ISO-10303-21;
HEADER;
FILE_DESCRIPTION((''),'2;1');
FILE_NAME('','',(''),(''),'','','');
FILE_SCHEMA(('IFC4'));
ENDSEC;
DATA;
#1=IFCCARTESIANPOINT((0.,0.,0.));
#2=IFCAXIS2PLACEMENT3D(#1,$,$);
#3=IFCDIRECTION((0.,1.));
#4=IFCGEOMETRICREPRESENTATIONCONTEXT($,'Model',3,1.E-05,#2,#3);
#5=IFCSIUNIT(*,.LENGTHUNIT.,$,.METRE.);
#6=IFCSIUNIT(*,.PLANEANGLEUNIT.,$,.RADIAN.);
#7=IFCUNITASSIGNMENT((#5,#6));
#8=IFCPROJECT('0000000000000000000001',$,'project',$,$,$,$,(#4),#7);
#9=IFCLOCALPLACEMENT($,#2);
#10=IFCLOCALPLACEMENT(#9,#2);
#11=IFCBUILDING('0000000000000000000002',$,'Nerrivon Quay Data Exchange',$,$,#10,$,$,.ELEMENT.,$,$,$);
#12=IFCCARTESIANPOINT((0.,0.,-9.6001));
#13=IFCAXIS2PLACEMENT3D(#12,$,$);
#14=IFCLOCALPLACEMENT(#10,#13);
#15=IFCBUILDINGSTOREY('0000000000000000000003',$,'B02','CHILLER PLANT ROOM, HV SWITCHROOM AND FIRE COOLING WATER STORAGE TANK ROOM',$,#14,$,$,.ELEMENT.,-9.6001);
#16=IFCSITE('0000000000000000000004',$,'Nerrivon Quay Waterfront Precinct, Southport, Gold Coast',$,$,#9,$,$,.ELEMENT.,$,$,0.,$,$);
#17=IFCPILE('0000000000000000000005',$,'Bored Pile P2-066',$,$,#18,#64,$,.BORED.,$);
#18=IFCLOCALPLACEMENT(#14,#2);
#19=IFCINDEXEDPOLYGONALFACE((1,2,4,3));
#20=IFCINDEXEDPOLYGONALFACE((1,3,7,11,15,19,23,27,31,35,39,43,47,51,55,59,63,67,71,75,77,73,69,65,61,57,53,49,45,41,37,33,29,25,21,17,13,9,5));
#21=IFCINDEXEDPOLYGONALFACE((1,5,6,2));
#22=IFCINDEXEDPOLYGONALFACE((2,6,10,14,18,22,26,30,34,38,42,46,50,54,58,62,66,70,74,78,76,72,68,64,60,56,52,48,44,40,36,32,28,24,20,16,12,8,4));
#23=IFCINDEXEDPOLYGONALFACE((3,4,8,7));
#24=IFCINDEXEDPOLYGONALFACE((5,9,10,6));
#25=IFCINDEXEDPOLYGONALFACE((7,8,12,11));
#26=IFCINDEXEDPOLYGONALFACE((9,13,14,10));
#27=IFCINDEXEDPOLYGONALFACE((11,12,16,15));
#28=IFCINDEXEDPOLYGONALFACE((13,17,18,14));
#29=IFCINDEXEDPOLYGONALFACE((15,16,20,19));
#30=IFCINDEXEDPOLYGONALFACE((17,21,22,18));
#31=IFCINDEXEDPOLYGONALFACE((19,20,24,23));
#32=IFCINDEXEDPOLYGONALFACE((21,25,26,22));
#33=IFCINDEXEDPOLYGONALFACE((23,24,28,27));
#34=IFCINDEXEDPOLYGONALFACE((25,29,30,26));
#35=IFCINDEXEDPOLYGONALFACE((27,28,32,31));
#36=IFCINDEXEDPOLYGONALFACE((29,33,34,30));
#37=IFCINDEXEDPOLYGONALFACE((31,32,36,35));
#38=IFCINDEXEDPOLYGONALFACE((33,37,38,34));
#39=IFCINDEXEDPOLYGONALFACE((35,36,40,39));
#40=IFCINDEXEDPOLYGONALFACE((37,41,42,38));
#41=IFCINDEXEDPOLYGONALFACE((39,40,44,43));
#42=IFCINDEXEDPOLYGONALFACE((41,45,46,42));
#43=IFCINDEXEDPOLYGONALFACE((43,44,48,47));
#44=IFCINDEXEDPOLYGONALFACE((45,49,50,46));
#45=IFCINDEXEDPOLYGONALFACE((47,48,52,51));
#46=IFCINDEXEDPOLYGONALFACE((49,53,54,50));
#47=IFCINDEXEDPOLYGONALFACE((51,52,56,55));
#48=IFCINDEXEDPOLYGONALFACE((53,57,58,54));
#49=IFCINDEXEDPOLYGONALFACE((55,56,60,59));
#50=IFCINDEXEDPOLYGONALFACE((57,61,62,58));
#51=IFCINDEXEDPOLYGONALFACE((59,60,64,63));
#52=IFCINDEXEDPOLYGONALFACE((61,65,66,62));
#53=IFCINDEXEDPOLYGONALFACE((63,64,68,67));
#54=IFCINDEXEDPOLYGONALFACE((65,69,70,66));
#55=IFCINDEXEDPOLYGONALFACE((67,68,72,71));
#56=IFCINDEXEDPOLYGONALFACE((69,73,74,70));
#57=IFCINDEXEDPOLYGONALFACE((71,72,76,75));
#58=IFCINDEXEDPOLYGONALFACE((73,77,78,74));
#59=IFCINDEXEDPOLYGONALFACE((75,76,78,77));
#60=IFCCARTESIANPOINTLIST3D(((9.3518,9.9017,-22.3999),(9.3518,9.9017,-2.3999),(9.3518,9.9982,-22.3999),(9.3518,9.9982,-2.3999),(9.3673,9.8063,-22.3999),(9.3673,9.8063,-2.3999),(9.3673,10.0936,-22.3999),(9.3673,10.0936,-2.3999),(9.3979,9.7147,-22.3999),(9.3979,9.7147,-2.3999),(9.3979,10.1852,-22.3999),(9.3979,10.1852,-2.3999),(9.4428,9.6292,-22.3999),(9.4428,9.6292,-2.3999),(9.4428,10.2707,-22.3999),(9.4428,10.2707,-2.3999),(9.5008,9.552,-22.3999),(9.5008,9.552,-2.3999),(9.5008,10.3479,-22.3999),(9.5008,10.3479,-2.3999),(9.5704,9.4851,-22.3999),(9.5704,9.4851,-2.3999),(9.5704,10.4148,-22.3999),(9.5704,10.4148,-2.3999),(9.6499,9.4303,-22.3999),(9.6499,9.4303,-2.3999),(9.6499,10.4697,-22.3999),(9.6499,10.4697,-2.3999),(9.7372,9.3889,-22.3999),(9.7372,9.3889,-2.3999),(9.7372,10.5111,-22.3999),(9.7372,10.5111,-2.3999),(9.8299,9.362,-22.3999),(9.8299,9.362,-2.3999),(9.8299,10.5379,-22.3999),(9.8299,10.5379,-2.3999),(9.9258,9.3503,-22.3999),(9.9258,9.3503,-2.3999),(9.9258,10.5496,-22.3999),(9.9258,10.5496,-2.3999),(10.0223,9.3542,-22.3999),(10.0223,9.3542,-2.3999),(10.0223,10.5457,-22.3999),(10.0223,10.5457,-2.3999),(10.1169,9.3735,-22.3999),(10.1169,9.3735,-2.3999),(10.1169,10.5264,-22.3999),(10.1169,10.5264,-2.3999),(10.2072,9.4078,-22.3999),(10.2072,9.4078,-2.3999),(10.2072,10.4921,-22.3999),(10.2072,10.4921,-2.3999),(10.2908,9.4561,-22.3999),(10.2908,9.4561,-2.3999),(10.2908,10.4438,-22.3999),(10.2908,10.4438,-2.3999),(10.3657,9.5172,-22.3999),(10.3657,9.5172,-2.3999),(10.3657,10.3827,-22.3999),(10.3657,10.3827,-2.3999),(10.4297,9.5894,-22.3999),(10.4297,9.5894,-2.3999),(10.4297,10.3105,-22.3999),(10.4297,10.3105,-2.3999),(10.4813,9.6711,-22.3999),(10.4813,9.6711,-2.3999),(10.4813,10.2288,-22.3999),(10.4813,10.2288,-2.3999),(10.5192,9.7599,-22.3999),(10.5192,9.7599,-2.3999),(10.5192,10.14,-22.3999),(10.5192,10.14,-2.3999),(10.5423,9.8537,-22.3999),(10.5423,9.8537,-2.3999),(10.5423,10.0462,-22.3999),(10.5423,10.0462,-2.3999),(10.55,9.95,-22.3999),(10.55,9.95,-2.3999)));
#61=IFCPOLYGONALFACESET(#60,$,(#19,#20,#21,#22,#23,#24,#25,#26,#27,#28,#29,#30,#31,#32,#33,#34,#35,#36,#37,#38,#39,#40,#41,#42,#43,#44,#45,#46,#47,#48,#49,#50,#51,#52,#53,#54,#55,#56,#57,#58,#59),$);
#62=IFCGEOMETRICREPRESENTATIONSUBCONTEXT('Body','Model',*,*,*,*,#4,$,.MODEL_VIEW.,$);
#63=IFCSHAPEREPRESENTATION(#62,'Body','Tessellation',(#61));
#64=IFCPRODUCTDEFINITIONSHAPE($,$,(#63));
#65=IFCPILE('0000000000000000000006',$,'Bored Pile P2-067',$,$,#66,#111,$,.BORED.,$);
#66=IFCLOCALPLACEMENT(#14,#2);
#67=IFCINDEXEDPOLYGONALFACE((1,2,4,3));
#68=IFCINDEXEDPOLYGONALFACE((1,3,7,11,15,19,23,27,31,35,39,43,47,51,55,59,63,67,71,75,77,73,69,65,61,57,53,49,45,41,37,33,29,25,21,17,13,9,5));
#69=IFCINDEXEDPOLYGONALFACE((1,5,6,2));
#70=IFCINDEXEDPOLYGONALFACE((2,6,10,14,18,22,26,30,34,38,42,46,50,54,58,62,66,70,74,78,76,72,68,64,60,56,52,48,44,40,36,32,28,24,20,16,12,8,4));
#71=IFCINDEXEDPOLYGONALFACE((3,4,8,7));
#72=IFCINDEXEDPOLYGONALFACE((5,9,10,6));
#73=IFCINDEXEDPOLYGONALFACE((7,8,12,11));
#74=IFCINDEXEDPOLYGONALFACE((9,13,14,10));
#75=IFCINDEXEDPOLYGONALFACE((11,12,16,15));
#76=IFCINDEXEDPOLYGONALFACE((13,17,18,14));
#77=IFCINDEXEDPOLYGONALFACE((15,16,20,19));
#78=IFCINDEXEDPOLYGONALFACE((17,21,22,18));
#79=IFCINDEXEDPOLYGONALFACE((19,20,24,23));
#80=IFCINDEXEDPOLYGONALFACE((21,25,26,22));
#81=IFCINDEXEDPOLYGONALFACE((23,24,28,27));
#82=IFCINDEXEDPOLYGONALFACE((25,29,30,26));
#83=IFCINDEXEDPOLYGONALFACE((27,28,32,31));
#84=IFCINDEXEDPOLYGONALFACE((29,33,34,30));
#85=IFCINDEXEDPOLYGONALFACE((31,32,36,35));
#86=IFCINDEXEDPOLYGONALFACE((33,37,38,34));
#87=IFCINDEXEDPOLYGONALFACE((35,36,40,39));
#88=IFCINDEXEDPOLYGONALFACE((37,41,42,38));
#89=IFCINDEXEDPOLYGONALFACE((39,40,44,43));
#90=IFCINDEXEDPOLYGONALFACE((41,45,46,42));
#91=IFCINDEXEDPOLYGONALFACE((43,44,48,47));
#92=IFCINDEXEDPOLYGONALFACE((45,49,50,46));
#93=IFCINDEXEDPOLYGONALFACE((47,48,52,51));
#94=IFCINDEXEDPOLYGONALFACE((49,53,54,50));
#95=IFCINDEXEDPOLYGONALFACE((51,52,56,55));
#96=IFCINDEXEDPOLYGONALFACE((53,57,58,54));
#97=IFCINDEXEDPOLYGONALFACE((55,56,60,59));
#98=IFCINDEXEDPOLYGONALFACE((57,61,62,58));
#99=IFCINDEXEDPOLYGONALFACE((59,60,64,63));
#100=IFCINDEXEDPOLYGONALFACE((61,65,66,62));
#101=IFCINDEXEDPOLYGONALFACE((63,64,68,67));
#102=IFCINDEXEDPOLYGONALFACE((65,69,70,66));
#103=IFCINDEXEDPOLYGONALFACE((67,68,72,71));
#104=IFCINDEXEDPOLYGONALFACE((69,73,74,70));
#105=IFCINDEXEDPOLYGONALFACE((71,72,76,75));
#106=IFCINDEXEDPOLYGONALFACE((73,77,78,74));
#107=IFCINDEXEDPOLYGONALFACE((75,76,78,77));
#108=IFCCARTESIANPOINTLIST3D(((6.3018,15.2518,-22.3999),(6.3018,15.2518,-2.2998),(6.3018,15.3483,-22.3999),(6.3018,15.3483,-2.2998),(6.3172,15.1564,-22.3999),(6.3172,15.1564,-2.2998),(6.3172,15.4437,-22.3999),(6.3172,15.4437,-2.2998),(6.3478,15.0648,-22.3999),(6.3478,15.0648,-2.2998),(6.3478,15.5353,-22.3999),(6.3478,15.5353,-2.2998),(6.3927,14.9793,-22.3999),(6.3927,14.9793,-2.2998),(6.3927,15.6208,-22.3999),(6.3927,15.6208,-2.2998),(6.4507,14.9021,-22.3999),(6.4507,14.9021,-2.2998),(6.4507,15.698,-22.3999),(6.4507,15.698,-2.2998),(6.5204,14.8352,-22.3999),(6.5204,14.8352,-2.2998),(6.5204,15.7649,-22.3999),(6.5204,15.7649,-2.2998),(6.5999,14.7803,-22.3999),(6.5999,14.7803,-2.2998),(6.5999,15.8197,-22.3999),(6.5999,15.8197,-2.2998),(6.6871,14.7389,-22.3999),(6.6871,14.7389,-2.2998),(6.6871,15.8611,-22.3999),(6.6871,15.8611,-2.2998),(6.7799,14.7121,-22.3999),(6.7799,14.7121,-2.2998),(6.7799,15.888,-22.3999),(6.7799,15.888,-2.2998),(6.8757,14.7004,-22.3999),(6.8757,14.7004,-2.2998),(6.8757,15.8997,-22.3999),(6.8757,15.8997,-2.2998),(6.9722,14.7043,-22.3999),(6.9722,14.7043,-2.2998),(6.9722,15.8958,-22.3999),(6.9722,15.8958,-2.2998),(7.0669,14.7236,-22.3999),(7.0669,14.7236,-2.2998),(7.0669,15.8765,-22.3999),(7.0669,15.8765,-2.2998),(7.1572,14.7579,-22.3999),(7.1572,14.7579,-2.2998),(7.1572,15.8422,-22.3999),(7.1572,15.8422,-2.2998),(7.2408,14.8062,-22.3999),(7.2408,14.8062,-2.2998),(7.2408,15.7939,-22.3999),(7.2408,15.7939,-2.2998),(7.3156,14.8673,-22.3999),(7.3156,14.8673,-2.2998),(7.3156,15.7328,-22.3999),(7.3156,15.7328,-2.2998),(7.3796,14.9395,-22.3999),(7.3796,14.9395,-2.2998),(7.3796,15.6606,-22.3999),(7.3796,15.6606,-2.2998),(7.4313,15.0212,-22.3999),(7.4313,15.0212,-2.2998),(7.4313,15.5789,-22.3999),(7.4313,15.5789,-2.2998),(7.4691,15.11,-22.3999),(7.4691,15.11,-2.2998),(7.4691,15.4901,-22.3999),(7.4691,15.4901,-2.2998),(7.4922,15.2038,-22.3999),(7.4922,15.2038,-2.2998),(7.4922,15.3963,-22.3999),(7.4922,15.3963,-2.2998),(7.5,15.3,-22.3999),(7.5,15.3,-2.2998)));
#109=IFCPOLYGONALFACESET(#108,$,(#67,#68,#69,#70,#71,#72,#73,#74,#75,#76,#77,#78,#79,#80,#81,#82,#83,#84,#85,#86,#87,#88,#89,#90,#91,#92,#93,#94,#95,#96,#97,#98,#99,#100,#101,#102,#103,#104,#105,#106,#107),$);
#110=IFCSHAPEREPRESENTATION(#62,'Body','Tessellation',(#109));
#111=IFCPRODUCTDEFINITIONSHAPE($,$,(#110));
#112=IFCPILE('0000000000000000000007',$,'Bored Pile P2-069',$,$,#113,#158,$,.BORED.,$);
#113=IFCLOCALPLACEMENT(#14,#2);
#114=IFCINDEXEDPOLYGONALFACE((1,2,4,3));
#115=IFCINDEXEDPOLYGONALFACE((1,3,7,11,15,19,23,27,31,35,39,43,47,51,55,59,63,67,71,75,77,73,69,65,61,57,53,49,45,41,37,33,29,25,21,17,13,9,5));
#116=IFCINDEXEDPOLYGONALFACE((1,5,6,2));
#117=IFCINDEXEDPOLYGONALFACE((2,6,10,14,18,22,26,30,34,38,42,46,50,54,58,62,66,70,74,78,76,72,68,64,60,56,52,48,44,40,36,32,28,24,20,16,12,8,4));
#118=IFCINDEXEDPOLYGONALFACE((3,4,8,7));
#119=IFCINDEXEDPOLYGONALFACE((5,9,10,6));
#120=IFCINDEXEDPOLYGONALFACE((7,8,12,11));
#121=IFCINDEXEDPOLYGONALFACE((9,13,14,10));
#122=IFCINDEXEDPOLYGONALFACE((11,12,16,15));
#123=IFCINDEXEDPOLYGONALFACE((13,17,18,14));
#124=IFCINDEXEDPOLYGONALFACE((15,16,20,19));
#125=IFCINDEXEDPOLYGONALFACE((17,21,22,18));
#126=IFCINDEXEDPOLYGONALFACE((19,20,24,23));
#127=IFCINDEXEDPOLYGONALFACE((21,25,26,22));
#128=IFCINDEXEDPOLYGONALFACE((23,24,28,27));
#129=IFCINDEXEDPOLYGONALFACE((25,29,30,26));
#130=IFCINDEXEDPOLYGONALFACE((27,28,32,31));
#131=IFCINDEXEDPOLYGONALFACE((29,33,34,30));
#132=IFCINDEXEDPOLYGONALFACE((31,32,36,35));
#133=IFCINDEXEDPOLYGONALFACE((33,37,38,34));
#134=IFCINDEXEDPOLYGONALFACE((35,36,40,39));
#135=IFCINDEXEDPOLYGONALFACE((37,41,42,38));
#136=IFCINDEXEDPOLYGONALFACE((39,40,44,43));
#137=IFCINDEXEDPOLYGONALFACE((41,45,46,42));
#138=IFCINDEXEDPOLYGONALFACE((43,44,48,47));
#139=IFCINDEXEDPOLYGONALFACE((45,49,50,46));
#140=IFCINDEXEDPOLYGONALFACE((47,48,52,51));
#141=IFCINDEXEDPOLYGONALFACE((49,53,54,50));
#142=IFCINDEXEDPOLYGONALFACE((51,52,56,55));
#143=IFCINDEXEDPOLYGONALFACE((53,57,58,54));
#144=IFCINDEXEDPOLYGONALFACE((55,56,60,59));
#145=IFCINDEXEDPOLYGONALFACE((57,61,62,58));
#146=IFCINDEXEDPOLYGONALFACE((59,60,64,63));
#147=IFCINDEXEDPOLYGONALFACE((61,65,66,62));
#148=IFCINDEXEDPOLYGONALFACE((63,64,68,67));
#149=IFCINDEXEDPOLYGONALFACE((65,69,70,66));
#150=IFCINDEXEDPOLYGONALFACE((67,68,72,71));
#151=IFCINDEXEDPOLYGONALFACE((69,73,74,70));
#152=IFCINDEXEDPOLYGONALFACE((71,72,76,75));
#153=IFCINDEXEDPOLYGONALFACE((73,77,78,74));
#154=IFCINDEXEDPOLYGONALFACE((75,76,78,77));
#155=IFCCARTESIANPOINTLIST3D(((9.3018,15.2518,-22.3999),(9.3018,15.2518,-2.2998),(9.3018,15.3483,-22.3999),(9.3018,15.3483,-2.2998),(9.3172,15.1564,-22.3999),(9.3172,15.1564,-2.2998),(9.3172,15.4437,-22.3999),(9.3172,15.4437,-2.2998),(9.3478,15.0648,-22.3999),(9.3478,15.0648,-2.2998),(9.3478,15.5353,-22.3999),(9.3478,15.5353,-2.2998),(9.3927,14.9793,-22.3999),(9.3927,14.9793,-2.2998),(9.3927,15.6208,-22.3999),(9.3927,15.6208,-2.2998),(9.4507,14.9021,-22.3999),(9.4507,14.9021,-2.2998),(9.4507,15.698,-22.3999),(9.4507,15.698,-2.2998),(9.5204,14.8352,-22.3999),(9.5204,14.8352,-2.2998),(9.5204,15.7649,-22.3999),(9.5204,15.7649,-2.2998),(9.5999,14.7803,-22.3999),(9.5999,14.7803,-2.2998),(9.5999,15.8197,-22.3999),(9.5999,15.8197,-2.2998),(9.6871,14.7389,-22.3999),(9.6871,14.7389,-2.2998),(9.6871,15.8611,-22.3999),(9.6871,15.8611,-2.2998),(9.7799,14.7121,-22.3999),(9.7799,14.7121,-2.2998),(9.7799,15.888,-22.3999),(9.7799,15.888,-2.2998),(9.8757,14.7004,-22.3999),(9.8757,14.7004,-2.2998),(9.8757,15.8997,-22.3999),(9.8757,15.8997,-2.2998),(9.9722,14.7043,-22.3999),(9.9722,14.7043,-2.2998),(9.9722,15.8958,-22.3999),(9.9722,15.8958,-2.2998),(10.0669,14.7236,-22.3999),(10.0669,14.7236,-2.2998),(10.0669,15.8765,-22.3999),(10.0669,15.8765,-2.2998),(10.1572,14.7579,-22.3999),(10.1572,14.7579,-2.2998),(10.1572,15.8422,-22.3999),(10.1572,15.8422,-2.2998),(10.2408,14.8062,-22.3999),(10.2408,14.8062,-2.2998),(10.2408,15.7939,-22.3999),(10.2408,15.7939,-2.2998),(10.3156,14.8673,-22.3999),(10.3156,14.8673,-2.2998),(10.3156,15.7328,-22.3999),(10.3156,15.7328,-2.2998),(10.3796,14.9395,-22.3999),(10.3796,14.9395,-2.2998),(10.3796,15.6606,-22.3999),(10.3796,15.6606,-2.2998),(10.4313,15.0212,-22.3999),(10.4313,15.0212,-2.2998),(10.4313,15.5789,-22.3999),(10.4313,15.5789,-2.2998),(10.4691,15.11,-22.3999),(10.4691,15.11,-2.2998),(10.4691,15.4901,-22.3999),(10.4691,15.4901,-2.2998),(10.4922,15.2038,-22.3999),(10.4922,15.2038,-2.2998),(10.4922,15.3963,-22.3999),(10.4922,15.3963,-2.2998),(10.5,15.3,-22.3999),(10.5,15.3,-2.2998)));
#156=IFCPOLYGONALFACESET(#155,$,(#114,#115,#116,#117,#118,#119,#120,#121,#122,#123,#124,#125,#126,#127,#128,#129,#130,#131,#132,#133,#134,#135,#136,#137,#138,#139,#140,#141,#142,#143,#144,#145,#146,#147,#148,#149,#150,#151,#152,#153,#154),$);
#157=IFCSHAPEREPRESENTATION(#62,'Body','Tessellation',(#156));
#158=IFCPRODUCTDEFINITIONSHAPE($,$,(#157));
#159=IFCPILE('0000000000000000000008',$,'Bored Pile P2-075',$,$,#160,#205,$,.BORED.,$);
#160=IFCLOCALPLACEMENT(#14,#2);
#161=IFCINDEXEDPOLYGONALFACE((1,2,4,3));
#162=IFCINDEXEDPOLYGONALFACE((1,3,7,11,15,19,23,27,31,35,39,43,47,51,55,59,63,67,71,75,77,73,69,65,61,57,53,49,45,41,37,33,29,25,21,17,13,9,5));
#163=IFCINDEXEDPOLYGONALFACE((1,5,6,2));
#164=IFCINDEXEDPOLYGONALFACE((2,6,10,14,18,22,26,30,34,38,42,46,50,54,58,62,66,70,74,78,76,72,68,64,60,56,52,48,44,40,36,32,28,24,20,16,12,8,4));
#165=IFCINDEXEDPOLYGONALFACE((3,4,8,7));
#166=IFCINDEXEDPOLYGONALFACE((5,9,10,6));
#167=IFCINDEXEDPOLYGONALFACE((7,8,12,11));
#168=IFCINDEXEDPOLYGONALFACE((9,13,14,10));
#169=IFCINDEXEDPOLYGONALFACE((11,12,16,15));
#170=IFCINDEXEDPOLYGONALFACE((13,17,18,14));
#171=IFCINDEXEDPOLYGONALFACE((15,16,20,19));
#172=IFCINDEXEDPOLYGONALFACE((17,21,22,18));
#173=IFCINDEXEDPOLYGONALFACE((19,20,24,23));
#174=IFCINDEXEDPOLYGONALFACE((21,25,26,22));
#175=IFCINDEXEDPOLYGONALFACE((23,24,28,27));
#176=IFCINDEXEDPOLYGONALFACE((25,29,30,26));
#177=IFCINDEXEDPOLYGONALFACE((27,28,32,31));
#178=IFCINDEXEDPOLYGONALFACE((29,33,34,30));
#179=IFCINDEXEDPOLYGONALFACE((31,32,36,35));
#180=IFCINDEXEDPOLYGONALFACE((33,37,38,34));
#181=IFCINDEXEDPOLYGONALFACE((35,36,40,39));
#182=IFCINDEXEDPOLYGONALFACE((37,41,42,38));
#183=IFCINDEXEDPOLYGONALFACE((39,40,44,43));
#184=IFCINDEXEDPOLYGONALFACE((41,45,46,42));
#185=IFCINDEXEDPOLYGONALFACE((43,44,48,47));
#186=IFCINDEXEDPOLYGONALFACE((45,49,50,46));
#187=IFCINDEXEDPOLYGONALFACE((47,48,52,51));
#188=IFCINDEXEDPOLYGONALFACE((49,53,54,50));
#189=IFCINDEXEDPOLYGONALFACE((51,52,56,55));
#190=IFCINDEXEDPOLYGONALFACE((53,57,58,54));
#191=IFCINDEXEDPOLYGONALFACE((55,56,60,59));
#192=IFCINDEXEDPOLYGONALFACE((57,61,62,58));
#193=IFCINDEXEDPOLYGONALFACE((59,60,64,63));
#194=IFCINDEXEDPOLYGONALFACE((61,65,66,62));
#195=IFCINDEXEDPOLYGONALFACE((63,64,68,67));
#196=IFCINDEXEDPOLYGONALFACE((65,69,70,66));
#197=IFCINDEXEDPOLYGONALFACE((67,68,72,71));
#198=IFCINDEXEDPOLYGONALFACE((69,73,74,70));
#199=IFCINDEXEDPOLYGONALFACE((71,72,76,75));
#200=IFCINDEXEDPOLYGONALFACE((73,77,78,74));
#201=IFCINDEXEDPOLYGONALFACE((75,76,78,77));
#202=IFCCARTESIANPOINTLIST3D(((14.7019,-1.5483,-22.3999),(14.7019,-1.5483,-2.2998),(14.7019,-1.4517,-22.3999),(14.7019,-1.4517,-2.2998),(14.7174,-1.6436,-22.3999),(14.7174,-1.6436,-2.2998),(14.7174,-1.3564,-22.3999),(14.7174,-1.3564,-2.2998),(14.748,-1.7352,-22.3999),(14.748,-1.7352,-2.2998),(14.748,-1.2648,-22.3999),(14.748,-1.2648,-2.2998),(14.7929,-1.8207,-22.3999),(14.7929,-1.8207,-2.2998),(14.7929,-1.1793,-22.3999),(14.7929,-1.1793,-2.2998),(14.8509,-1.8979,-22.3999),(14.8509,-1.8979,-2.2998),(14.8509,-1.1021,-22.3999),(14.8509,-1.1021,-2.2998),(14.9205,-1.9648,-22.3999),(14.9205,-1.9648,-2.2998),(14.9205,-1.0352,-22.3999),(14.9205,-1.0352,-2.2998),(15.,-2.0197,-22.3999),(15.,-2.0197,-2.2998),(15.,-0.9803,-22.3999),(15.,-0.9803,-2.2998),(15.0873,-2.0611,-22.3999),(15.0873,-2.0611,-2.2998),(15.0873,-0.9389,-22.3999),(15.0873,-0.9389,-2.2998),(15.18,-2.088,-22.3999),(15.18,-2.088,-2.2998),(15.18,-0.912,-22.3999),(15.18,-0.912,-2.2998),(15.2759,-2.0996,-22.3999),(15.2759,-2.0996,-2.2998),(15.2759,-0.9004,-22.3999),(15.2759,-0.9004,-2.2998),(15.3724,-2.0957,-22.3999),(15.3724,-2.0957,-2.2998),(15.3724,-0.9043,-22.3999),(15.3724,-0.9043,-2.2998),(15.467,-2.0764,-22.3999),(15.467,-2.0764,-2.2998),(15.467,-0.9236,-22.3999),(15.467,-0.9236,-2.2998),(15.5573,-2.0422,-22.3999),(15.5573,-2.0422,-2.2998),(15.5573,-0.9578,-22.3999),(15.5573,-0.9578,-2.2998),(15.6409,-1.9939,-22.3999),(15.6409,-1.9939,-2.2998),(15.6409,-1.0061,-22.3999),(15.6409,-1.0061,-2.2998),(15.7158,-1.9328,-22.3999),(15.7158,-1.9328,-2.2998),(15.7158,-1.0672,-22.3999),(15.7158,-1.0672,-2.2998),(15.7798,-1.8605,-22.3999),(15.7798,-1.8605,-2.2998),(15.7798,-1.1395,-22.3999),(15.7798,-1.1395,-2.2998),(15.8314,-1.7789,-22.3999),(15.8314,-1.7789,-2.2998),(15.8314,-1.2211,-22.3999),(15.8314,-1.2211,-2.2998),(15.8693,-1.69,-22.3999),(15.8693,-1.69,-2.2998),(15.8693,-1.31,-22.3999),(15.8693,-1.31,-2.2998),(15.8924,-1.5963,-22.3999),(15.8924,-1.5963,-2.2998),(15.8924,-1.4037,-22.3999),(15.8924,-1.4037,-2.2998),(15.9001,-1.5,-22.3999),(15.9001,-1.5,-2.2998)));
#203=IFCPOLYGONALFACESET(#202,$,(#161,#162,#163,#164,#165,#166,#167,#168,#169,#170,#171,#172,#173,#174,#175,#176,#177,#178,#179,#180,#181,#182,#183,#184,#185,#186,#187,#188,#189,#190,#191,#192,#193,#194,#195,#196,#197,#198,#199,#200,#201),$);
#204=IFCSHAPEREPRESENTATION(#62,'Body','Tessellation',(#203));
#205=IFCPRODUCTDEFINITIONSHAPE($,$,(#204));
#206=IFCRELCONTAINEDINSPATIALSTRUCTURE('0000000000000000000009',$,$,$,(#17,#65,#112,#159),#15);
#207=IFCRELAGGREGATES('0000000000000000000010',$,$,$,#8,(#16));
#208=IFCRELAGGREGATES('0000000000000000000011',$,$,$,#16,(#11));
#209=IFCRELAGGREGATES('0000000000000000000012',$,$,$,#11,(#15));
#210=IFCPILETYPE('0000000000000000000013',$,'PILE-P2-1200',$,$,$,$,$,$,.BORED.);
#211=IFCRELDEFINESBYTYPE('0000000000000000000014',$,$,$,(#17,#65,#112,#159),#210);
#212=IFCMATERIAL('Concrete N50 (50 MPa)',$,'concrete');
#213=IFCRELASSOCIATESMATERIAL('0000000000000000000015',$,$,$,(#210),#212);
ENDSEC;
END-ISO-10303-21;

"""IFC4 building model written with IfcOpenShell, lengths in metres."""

from ifc_helpers import new_model, si_unit, direction, frame, origin, origin_2d, place, context, subcontext, project, spatial, circle, extrude, material, material_profile, profile_set, type_object, element, save


model = new_model("IFC4")

# Units and contexts
model_context = context("Model", 3, precision=1e-05, world=origin(), true_north=direction((0.0, 1.0)))
body_context = subcontext(model_context, "Body", "Model", "MODEL_VIEW")
ifc_project = project(units=[si_unit("LENGTHUNIT", "METRE"), si_unit("PLANEANGLEUNIT", "RADIAN")], contexts=[model_context])

# Site, building, storey
site_placement = place(None, origin())
site = spatial("IfcSite", under=ifc_project, at=site_placement, Name="Nerrivon Quay Waterfront Precinct, Southport, Gold Coast", CompositionType="ELEMENT", RefElevation=0.0)
building_placement = place(site_placement, origin())
building = spatial("IfcBuilding", under=site, at=building_placement, Name="Nerrivon Quay Data Exchange", CompositionType="ELEMENT")
storey_placement = place(building_placement, frame((0.0, 0.0, -9.6001)))
storey = spatial("IfcBuildingStorey", under=building, at=storey_placement, Name="B02", Description="CHILLER PLANT ROOM, HV SWITCHROOM AND FIRE COOLING WATER STORAGE TANK ROOM", CompositionType="ELEMENT", Elevation=-9.6001)

# Piles
ifc_material_1 = material(Name="Concrete N50 (50 MPa)", Category="concrete")
ifc_material_profile_1 = material_profile(ifc_material_1, circle(Radius=0.6001, at=origin_2d()), Name="PILE-1200")
ifc_profile_set_1 = profile_set([ifc_material_profile_1], Name="Concrete N50 (50 MPa)")
pile_type = type_object("IfcPileType", Name="PILE-P2-1200", PredefinedType="BORED", material=ifc_profile_set_1)
for number, where, z_axis, x_axis, name in (
    (1, (9.95, 9.95, -2.3999), (0.0, 0.0, -1.0), (1.0, 0.0, 0.0), "Bored Pile P2-066"),
):
    element("IfcPile", number, at=place(storey_placement, frame(where, z_axis=z_axis, x_axis=x_axis)), inside=storey, type_object=pile_type, Name=name, PredefinedType="BORED", context=body_context, shape_type="SweptSolid", body=[
        extrude(circle(Radius=0.6001, at=origin_2d()), origin(), (0.0, 0.0, 1.0), 20.0),
    ])
for number, where, z_axis, x_axis, name in (
    (2, (6.8999, 15.3, -2.2998), (0.0, 0.0, -1.0), (1.0, 0.0, 0.0), "Bored Pile P2-067"),
    (3, (9.8999, 15.3, -2.2998), (0.0, 0.0, -1.0), (1.0, 0.0, 0.0), "Bored Pile P2-069"),
    (4, (15.3, -1.5, -2.2998), (0.0, 0.0, -1.0), (1.0, 0.0, 0.0), "Bored Pile P2-075"),
):
    element("IfcPile", number, at=place(storey_placement, frame(where, z_axis=z_axis, x_axis=x_axis)), inside=storey, type_object=pile_type, Name=name, PredefinedType="BORED", context=body_context, shape_type="SweptSolid", body=[
        extrude(circle(Radius=0.6001, at=origin_2d()), origin(), (0.0, 0.0, 1.0), 20.1001),
    ])

save(model, "model.ifc")
